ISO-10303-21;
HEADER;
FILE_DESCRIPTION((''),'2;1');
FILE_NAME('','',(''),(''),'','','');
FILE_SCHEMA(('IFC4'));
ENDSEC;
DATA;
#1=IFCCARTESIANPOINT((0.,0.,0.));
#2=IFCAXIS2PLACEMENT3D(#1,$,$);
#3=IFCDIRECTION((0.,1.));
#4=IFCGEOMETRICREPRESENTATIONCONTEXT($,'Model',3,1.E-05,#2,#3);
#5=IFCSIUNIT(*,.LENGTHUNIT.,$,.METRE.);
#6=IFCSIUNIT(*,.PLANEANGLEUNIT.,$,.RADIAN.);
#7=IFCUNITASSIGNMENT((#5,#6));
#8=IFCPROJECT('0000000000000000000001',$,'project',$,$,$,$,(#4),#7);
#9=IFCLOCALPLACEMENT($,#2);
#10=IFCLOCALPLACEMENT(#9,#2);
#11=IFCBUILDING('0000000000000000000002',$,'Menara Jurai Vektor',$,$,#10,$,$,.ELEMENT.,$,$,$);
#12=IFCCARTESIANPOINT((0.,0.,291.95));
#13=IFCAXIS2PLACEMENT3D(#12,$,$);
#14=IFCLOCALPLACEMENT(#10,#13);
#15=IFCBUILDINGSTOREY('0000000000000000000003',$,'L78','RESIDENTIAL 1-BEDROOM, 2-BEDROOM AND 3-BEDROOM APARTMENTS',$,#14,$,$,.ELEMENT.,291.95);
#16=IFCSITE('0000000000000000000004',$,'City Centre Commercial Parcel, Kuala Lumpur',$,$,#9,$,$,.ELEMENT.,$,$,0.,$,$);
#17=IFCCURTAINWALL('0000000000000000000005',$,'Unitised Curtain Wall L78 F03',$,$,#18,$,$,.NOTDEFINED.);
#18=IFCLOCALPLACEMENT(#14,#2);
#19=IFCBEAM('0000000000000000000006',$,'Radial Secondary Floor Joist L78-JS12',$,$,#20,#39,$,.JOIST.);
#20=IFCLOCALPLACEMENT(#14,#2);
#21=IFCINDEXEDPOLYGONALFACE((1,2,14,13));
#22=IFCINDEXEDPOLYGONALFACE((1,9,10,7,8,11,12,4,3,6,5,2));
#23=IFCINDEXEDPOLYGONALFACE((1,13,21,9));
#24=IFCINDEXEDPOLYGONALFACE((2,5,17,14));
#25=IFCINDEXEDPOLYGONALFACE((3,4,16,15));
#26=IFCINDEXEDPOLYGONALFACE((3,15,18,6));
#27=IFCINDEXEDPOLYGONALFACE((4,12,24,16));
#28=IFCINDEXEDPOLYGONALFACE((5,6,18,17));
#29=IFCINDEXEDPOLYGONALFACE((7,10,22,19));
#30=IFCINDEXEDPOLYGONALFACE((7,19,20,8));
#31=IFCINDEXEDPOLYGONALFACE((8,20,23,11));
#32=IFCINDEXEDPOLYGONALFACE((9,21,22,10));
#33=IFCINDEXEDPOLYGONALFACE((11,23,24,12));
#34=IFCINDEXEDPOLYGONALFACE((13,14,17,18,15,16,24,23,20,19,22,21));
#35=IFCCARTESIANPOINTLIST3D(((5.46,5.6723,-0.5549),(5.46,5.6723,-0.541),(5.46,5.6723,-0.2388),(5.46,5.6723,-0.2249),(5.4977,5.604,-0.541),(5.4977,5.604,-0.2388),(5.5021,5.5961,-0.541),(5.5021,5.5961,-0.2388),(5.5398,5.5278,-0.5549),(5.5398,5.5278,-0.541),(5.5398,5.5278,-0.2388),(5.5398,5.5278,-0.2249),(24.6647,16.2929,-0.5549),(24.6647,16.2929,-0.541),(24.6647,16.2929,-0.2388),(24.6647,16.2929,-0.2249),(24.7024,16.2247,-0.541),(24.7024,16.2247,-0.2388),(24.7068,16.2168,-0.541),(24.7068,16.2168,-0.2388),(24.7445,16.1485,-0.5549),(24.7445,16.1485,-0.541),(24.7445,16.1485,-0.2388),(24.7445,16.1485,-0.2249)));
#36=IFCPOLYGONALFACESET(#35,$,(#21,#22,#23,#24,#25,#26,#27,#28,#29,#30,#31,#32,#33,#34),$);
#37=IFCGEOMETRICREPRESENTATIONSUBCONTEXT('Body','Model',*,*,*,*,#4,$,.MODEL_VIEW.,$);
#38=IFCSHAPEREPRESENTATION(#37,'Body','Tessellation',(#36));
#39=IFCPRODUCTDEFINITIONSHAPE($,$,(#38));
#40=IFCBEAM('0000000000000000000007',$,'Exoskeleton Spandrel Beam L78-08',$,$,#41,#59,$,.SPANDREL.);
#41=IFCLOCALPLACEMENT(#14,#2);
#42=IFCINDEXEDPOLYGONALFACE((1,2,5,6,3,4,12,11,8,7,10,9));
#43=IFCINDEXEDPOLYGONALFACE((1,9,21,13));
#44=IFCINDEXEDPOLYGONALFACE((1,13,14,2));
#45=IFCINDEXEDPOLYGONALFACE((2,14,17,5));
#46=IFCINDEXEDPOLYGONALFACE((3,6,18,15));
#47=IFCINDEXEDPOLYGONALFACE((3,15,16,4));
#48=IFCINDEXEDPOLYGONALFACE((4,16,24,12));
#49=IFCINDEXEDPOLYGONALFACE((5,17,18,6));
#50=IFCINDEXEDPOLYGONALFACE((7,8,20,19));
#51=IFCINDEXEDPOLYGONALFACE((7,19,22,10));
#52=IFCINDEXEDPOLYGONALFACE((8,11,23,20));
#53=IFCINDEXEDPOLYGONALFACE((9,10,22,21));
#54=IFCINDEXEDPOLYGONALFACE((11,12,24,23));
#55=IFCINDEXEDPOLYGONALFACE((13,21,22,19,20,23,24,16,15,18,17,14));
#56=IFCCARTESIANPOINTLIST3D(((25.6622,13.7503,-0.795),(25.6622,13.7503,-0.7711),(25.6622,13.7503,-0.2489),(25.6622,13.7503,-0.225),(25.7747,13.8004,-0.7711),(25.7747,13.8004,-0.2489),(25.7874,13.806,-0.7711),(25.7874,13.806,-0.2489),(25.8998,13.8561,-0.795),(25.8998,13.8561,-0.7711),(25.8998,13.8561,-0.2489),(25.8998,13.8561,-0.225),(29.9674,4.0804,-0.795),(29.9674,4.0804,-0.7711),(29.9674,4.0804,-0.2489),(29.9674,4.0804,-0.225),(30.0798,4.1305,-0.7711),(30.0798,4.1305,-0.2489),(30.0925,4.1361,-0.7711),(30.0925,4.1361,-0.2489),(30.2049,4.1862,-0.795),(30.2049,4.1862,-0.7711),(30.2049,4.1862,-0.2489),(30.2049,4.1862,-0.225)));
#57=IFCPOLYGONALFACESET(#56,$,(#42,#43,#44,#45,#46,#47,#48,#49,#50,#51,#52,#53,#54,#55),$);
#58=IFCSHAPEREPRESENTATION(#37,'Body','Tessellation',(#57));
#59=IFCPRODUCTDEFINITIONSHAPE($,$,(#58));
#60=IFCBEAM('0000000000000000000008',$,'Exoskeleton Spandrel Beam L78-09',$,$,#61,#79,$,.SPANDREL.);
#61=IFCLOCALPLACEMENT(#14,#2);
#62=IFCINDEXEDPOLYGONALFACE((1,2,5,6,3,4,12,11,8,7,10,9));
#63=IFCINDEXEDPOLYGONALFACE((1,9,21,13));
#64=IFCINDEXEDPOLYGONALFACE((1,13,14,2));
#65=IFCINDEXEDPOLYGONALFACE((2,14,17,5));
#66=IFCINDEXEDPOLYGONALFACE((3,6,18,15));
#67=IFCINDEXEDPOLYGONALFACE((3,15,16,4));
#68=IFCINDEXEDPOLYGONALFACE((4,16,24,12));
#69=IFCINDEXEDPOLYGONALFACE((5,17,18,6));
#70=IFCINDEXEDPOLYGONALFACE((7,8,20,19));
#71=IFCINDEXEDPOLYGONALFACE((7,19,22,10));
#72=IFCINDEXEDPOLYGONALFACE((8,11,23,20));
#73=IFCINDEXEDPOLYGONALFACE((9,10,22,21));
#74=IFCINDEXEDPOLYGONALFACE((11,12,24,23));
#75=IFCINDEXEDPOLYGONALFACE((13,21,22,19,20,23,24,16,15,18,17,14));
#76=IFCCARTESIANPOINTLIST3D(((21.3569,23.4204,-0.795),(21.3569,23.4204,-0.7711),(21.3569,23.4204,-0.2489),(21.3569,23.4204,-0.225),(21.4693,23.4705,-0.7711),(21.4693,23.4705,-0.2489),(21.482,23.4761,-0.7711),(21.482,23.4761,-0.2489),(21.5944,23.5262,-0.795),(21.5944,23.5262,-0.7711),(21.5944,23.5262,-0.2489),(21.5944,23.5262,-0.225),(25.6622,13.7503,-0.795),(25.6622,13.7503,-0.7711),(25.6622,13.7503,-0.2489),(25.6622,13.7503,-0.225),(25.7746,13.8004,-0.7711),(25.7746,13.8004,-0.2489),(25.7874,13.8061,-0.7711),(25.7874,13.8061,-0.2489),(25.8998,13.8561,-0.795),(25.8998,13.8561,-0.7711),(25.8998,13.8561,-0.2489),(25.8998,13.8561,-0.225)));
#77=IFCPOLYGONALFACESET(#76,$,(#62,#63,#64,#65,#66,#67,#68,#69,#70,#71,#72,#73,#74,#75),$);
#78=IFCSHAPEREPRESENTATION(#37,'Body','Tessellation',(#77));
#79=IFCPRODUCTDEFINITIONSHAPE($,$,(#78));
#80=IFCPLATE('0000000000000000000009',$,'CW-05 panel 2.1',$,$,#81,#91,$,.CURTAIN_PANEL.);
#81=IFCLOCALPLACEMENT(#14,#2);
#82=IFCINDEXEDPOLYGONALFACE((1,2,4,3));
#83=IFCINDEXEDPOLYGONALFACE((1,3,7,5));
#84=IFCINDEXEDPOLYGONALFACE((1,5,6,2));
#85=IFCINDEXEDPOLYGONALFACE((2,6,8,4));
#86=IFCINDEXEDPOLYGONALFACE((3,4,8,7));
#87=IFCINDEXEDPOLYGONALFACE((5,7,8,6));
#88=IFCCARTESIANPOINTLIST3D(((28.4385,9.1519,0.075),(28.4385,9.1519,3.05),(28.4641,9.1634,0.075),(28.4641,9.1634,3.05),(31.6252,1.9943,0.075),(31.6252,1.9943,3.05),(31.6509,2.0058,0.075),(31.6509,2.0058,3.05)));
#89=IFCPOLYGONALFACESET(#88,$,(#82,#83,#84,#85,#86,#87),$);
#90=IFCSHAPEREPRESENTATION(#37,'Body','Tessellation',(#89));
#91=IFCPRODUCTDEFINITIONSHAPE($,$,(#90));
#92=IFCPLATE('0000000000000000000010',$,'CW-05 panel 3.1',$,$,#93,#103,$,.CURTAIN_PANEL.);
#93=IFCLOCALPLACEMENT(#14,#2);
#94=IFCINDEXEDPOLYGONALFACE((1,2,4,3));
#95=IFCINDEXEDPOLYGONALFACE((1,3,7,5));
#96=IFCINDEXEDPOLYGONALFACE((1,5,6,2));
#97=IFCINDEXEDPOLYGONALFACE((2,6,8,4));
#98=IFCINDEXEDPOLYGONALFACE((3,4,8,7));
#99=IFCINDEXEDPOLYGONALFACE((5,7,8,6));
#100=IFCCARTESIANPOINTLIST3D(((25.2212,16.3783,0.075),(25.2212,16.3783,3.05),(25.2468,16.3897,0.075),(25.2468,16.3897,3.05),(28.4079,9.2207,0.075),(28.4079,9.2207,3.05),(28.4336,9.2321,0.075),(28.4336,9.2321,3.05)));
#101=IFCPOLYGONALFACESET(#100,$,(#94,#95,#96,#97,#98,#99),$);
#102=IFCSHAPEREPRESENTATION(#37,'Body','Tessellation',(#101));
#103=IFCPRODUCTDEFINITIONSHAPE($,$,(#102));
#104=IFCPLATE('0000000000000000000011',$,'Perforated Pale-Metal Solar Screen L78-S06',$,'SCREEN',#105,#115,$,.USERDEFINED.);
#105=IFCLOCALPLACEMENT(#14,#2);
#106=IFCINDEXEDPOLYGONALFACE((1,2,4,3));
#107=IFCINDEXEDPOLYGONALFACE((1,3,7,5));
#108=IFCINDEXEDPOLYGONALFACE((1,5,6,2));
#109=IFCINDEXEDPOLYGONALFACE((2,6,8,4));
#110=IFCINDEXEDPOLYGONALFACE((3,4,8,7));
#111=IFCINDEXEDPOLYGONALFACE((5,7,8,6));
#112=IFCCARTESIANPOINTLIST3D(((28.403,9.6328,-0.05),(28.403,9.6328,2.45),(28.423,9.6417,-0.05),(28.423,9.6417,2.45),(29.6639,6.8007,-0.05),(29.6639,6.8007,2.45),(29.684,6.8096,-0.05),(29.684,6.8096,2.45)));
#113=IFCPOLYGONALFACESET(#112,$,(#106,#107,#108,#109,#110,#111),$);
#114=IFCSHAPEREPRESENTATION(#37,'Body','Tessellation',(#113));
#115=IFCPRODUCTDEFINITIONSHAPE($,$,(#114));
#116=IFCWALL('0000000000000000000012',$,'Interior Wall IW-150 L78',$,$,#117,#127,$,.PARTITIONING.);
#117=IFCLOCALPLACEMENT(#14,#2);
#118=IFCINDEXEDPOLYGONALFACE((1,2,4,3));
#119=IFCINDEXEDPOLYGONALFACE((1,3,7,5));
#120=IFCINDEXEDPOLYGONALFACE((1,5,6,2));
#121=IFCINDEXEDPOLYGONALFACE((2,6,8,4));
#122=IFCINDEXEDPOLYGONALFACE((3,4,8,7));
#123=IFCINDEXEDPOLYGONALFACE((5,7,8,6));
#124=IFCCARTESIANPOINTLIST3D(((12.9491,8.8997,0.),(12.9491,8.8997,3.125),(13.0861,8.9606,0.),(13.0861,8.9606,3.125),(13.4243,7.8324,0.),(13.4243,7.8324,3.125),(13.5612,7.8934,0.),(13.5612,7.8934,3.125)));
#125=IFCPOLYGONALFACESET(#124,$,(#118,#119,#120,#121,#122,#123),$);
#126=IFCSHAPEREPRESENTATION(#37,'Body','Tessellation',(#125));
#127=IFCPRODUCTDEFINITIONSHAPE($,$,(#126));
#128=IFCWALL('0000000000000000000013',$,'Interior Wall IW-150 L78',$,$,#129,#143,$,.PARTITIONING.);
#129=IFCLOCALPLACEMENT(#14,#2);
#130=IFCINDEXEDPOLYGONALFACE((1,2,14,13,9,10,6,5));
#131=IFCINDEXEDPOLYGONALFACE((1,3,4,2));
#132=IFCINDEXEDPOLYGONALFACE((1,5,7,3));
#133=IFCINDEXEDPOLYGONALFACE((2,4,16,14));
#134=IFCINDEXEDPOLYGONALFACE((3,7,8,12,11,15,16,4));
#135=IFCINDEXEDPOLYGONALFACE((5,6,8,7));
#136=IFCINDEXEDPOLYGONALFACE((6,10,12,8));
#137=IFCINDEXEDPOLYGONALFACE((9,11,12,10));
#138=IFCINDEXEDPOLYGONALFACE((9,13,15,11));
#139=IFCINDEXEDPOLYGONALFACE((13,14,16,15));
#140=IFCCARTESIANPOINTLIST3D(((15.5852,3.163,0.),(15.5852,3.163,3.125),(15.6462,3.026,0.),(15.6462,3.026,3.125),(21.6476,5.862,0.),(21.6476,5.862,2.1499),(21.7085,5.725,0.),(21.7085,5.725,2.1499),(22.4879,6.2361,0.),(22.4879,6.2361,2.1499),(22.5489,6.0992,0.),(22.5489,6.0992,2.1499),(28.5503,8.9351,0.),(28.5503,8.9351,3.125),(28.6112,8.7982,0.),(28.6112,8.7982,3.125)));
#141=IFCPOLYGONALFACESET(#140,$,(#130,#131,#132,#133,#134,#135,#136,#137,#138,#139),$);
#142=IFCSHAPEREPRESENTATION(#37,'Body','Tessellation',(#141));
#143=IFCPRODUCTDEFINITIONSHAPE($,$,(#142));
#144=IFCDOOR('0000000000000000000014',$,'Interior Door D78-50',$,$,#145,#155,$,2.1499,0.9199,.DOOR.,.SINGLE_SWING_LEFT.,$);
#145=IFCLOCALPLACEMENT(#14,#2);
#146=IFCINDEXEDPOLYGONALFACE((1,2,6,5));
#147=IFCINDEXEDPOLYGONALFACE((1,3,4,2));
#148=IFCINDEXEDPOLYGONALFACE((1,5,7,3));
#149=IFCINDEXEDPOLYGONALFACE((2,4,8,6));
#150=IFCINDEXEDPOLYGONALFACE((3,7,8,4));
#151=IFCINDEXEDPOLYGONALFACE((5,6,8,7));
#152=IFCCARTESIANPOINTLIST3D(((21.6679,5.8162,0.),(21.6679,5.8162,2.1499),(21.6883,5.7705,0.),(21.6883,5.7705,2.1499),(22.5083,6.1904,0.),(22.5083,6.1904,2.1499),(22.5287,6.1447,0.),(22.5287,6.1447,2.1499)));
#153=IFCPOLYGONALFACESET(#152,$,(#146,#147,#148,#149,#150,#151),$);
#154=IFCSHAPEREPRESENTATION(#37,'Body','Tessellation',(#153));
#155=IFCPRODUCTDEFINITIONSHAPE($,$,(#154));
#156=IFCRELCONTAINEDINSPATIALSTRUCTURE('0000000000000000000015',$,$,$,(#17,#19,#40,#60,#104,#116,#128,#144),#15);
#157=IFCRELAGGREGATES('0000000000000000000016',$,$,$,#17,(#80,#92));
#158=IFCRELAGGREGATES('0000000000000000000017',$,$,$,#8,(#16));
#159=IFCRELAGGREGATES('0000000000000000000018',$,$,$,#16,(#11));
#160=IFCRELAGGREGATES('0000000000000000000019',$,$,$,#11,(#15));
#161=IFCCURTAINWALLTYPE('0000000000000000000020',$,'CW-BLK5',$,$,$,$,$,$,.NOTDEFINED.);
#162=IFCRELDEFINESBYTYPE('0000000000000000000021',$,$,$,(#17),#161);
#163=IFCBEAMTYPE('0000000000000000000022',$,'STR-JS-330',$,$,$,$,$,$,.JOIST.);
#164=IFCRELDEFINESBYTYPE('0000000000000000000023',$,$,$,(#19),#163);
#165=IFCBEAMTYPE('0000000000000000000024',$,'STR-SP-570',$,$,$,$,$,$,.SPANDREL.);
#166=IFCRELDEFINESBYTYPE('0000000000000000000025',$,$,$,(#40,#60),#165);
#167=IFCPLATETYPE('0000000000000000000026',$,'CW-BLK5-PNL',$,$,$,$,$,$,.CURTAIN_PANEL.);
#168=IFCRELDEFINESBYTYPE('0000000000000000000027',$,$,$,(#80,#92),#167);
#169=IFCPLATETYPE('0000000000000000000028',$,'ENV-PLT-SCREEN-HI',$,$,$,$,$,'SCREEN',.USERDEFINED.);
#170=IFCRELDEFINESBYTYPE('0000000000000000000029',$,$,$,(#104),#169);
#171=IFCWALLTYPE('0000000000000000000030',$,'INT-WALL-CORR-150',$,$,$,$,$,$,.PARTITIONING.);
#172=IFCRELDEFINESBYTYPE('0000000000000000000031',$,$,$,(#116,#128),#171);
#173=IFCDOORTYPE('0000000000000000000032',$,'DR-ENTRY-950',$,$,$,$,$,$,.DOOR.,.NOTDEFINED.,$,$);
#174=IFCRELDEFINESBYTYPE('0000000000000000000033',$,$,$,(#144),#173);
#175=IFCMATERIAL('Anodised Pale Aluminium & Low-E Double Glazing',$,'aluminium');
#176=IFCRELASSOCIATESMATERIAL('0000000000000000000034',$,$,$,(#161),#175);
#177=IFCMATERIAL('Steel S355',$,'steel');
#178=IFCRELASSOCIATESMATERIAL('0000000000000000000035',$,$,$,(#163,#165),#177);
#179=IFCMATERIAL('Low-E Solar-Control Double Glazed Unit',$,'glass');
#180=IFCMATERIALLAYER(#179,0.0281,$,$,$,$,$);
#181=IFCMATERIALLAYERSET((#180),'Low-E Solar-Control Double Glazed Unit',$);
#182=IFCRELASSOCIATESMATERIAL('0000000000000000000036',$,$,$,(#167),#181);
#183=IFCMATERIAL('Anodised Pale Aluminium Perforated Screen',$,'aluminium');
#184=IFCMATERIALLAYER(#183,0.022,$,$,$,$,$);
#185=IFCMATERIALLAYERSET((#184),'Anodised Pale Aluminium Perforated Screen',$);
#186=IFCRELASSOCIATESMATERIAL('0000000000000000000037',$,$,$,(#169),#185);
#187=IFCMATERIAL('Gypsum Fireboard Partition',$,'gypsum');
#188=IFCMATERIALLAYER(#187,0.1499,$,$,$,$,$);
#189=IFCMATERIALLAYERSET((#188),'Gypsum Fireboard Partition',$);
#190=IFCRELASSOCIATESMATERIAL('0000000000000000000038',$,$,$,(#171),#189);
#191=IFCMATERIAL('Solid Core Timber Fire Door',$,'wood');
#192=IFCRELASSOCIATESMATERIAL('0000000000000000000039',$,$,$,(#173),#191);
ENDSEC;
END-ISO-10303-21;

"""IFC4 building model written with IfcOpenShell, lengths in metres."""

from ifc_helpers import new_model, si_unit, direction, frame, frame_2d, origin, origin_2d, place, context, subcontext, project, spatial, rectangle, i_section, extrude, material, layer, layer_set, material_profile, profile_set, type_object, element, fill, aggregate, save


model = new_model("IFC4")

# Units and contexts
model_context = context("Model", 3, precision=1e-05, world=origin(), true_north=direction((0.0, 1.0)))
body_context = subcontext(model_context, "Body", "Model", "MODEL_VIEW")
ifc_project = project(units=[si_unit("LENGTHUNIT", "METRE"), si_unit("PLANEANGLEUNIT", "RADIAN")], contexts=[model_context])

# Site, building, storey
site_placement = place(None, origin())
site = spatial("IfcSite", under=ifc_project, at=site_placement, Name="City Centre Commercial Parcel, Kuala Lumpur", CompositionType="ELEMENT", RefElevation=0.0)
building_placement = place(site_placement, origin())
building = spatial("IfcBuilding", under=site, at=building_placement, Name="Menara Jurai Vektor", CompositionType="ELEMENT")
storey_placement = place(building_placement, frame((0.0, 0.0, 291.95)))
storey = spatial("IfcBuildingStorey", under=building, at=storey_placement, Name="L78", Description="RESIDENTIAL 1-BEDROOM, 2-BEDROOM AND 3-BEDROOM APARTMENTS", CompositionType="ELEMENT", Elevation=291.95)

# Curtain wall
ifc_material_1 = material(Name="Anodised Pale Aluminium & Low-E Double Glazing", Category="aluminium")
curtain_wall_type = type_object("IfcCurtainWallType", Name="CW-BLK5", PredefinedType="NOTDEFINED", material=ifc_material_1)
curtain_wall_placement = place(storey_placement, origin())
curtain_wall = element("IfcCurtainWall", 1, at=curtain_wall_placement, inside=storey, type_object=curtain_wall_type, Name="Unitised Curtain Wall L78 F03", PredefinedType="NOTDEFINED")

# Beams
ifc_material_2 = material(Name="Steel S355", Category="steel")
ifc_material_profile_1 = material_profile(ifc_material_2, i_section(OverallWidth=0.165, OverallDepth=0.3301, WebThickness=0.009, FlangeThickness=0.0139, at=origin_2d()), Name="PG 330x165x46")
ifc_profile_set_1 = profile_set([ifc_material_profile_1], Name="Steel S355")
beam_type_1 = type_object("IfcBeamType", Name="STR-JS-330", PredefinedType="JOIST", material=ifc_profile_set_1)
beam_1_placement = place(storey_placement, frame((24.7046, 16.2207, -0.3899), z_axis=(-0.875096, -0.483949, 0.0), x_axis=(0.483949, -0.875096, 0.0)))
element("IfcBeam", 2, at=beam_1_placement, inside=storey, type_object=beam_type_1, Name="Radial Secondary Floor Joist L78-JS12", PredefinedType="JOIST", context=body_context, shape_type="SweptSolid", body=[
    extrude(i_section(OverallWidth=0.165, OverallDepth=0.3301, WebThickness=0.009, FlangeThickness=0.0139, at=origin_2d()), origin(), (0.0, 0.0, 1.0), 21.9458),
])
ifc_material_profile_2 = material_profile(ifc_material_2, i_section(OverallWidth=0.26, OverallDepth=0.5701, WebThickness=0.0139, FlangeThickness=0.0239, at=origin_2d()), Name="PG 570x260x145")
ifc_profile_set_2 = profile_set([ifc_material_profile_2], Name="Steel S355")
beam_type_2 = type_object("IfcBeamType", Name="STR-SP-570", PredefinedType="SPANDREL", material=ifc_profile_set_2)
beam_2_placement = place(storey_placement, frame((30.0862, 4.1333, -0.51), z_axis=(-0.406725, 0.913551, 0.0), x_axis=(-0.913551, -0.406725, 0.0)))
element("IfcBeam", 3, at=beam_2_placement, inside=storey, type_object=beam_type_2, Name="Exoskeleton Spandrel Beam L78-08", PredefinedType="SPANDREL", context=body_context, shape_type="SweptSolid", body=[
    extrude(i_section(OverallWidth=0.26, OverallDepth=0.5701, WebThickness=0.0139, FlangeThickness=0.0239, at=origin_2d()), origin(), (0.0, 0.0, 1.0), 10.585),
])
beam_3_placement = place(storey_placement, frame((25.781, 13.8032, -0.51), z_axis=(-0.406735, 0.913546, 0.0), x_axis=(-0.913546, -0.406735, 0.0)))
element("IfcBeam", 4, at=beam_3_placement, inside=storey, type_object=beam_type_2, Name="Exoskeleton Spandrel Beam L78-09", PredefinedType="SPANDREL", context=body_context, shape_type="SweptSolid", body=[
    extrude(i_section(OverallWidth=0.26, OverallDepth=0.5701, WebThickness=0.0139, FlangeThickness=0.0239, at=origin_2d()), origin(), (0.0, 0.0, 1.0), 10.5852),
])

# Plates
ifc_material_3 = material(Name="Low-E Solar-Control Double Glazed Unit", Category="glass")
ifc_layer_1 = layer(ifc_material_3, 0.0281)
ifc_layer_set_1 = layer_set([ifc_layer_1], Name="Low-E Solar-Control Double Glazed Unit")
plate_type_1 = type_object("IfcPlateType", Name="CW-BLK5-PNL", PredefinedType="CURTAIN_PANEL", material=ifc_layer_set_1)
plate_1_placement = place(storey_placement, frame((30.0447, 5.5789, 0.075), z_axis=(0.0, 0.0, 1.0), x_axis=(-0.406735, 0.913546, 0.0)))
plate_1 = element("IfcPlate", 5, at=plate_1_placement, type_object=plate_type_1, Name="CW-05 panel 2.1", PredefinedType="CURTAIN_PANEL", context=body_context, shape_type="SweptSolid", body=[
    extrude(rectangle(XDim=7.835, YDim=0.0281, at=origin_2d()), origin(), (0.0, 0.0, 1.0), 2.9751),
])
plate_2_placement = place(storey_placement, frame((26.8274, 12.8052, 0.075), z_axis=(0.0, 0.0, 1.0), x_axis=(-0.406735, 0.913546, 0.0)))
plate_2 = element("IfcPlate", 6, at=plate_2_placement, type_object=plate_type_1, Name="CW-05 panel 3.1", PredefinedType="CURTAIN_PANEL", context=body_context, shape_type="SweptSolid", body=[
    extrude(rectangle(XDim=7.835, YDim=0.0281, at=origin_2d()), origin(), (0.0, 0.0, 1.0), 2.9751),
])
aggregate(curtain_wall, [plate_1, plate_2])
ifc_material_4 = material(Name="Anodised Pale Aluminium Perforated Screen", Category="aluminium")
ifc_layer_2 = layer(ifc_material_4, 0.022)
ifc_layer_set_2 = layer_set([ifc_layer_2], Name="Anodised Pale Aluminium Perforated Screen")
plate_type_2 = type_object("IfcPlateType", Name="ENV-PLT-SCREEN-HI", ElementType="SCREEN", PredefinedType="USERDEFINED", material=ifc_layer_set_2)
plate_3_placement = place(storey_placement, frame((29.0435, 8.2212, -0.05), z_axis=(0.0, 0.0, 1.0), x_axis=(-0.406737, 0.913545, 0.0)))
element("IfcPlate", 7, at=plate_3_placement, inside=storey, type_object=plate_type_2, Name="Perforated Pale-Metal Solar Screen L78-S06", ObjectType="SCREEN", PredefinedType="USERDEFINED", context=body_context, shape_type="SweptSolid", body=[
    extrude(rectangle(XDim=3.1001, YDim=0.022, at=origin_2d()), origin(), (0.0, 0.0, 1.0), 2.5),
])

# Wall
ifc_material_5 = material(Name="Gypsum Fireboard Partition", Category="gypsum")
ifc_layer_3 = layer(ifc_material_5, 0.1499)
ifc_layer_set_3 = layer_set([ifc_layer_3], Name="Gypsum Fireboard Partition")
wall_type = type_object("IfcWallType", Name="INT-WALL-CORR-150", PredefinedType="PARTITIONING", material=ifc_layer_set_3)
wall_1_placement = place(storey_placement, frame((13.4927, 7.863, 0.0), z_axis=(0.0, 0.0, 1.0), x_axis=(-0.40672, 0.913553, 0.0)))
element("IfcWall", 8, at=wall_1_placement, inside=storey, type_object=wall_type, Name="Interior Wall IW-150 L78", PredefinedType="PARTITIONING", context=body_context, shape_type="SweptSolid", body=[
    extrude(rectangle(XDim=1.1682, YDim=0.1499, at=frame_2d((0.584, 0.0))), origin(), (0.0, 0.0, 1.0), 3.125),
])

# Wall, opening, door
wall_2_placement = place(storey_placement, frame((15.6157, 3.0945, 0.0), z_axis=(0.0, 0.0, 1.0), x_axis=(0.913551, 0.406724, 0.0)))
wall_2 = element("IfcWall", 9, at=wall_2_placement, inside=storey, type_object=wall_type, Name="Interior Wall IW-150 L78", PredefinedType="PARTITIONING", context=body_context, shape_type="SweptSolid", body=[
    extrude(rectangle(XDim=14.1919, YDim=0.1499, at=frame_2d((7.0959, 0.0))), origin(), (0.0, 0.0, 1.0), 3.125),
])
opening_1_placement = place(wall_2_placement, frame((6.636, 0.0, 0.0)))
opening_1 = element("IfcOpeningElement", 10, at=opening_1_placement, cuts=wall_2, PredefinedType="OPENING", context=body_context, shape_type="SweptSolid", body=[
    extrude(rectangle(XDim=0.9199, YDim=2.1499, at=frame_2d((0.46, 1.075))), frame((0.0, 0.085, 0.0), z_axis=(0.0, -1.0, 0.0), x_axis=(1.0, 0.0, 0.0)), (0.0, 0.0, 1.0), 0.1699),
])
ifc_material_6 = material(Name="Solid Core Timber Fire Door", Category="wood")
door_type = type_object("IfcDoorType", Name="DR-ENTRY-950", OperationType="NOTDEFINED", PredefinedType="DOOR", material=ifc_material_6)
door_1_placement = place(opening_1_placement, origin())
door_1 = element("IfcDoor", 11, at=door_1_placement, inside=storey, type_object=door_type, Name="Interior Door D78-50", OperationType="SINGLE_SWING_LEFT", OverallHeight=2.1499, OverallWidth=0.9199, PredefinedType="DOOR", context=body_context, shape_type="SweptSolid", body=[
    extrude(rectangle(XDim=0.9199, YDim=2.1499, at=frame_2d((0.46, 1.075))), frame((0.0, 0.0249, 0.0), z_axis=(0.0, -1.0, 0.0), x_axis=(1.0, 0.0, 0.0)), (0.0, 0.0, 1.0), 0.05),
])
fill(opening_1, door_1)

save(model, "model.ifc")
